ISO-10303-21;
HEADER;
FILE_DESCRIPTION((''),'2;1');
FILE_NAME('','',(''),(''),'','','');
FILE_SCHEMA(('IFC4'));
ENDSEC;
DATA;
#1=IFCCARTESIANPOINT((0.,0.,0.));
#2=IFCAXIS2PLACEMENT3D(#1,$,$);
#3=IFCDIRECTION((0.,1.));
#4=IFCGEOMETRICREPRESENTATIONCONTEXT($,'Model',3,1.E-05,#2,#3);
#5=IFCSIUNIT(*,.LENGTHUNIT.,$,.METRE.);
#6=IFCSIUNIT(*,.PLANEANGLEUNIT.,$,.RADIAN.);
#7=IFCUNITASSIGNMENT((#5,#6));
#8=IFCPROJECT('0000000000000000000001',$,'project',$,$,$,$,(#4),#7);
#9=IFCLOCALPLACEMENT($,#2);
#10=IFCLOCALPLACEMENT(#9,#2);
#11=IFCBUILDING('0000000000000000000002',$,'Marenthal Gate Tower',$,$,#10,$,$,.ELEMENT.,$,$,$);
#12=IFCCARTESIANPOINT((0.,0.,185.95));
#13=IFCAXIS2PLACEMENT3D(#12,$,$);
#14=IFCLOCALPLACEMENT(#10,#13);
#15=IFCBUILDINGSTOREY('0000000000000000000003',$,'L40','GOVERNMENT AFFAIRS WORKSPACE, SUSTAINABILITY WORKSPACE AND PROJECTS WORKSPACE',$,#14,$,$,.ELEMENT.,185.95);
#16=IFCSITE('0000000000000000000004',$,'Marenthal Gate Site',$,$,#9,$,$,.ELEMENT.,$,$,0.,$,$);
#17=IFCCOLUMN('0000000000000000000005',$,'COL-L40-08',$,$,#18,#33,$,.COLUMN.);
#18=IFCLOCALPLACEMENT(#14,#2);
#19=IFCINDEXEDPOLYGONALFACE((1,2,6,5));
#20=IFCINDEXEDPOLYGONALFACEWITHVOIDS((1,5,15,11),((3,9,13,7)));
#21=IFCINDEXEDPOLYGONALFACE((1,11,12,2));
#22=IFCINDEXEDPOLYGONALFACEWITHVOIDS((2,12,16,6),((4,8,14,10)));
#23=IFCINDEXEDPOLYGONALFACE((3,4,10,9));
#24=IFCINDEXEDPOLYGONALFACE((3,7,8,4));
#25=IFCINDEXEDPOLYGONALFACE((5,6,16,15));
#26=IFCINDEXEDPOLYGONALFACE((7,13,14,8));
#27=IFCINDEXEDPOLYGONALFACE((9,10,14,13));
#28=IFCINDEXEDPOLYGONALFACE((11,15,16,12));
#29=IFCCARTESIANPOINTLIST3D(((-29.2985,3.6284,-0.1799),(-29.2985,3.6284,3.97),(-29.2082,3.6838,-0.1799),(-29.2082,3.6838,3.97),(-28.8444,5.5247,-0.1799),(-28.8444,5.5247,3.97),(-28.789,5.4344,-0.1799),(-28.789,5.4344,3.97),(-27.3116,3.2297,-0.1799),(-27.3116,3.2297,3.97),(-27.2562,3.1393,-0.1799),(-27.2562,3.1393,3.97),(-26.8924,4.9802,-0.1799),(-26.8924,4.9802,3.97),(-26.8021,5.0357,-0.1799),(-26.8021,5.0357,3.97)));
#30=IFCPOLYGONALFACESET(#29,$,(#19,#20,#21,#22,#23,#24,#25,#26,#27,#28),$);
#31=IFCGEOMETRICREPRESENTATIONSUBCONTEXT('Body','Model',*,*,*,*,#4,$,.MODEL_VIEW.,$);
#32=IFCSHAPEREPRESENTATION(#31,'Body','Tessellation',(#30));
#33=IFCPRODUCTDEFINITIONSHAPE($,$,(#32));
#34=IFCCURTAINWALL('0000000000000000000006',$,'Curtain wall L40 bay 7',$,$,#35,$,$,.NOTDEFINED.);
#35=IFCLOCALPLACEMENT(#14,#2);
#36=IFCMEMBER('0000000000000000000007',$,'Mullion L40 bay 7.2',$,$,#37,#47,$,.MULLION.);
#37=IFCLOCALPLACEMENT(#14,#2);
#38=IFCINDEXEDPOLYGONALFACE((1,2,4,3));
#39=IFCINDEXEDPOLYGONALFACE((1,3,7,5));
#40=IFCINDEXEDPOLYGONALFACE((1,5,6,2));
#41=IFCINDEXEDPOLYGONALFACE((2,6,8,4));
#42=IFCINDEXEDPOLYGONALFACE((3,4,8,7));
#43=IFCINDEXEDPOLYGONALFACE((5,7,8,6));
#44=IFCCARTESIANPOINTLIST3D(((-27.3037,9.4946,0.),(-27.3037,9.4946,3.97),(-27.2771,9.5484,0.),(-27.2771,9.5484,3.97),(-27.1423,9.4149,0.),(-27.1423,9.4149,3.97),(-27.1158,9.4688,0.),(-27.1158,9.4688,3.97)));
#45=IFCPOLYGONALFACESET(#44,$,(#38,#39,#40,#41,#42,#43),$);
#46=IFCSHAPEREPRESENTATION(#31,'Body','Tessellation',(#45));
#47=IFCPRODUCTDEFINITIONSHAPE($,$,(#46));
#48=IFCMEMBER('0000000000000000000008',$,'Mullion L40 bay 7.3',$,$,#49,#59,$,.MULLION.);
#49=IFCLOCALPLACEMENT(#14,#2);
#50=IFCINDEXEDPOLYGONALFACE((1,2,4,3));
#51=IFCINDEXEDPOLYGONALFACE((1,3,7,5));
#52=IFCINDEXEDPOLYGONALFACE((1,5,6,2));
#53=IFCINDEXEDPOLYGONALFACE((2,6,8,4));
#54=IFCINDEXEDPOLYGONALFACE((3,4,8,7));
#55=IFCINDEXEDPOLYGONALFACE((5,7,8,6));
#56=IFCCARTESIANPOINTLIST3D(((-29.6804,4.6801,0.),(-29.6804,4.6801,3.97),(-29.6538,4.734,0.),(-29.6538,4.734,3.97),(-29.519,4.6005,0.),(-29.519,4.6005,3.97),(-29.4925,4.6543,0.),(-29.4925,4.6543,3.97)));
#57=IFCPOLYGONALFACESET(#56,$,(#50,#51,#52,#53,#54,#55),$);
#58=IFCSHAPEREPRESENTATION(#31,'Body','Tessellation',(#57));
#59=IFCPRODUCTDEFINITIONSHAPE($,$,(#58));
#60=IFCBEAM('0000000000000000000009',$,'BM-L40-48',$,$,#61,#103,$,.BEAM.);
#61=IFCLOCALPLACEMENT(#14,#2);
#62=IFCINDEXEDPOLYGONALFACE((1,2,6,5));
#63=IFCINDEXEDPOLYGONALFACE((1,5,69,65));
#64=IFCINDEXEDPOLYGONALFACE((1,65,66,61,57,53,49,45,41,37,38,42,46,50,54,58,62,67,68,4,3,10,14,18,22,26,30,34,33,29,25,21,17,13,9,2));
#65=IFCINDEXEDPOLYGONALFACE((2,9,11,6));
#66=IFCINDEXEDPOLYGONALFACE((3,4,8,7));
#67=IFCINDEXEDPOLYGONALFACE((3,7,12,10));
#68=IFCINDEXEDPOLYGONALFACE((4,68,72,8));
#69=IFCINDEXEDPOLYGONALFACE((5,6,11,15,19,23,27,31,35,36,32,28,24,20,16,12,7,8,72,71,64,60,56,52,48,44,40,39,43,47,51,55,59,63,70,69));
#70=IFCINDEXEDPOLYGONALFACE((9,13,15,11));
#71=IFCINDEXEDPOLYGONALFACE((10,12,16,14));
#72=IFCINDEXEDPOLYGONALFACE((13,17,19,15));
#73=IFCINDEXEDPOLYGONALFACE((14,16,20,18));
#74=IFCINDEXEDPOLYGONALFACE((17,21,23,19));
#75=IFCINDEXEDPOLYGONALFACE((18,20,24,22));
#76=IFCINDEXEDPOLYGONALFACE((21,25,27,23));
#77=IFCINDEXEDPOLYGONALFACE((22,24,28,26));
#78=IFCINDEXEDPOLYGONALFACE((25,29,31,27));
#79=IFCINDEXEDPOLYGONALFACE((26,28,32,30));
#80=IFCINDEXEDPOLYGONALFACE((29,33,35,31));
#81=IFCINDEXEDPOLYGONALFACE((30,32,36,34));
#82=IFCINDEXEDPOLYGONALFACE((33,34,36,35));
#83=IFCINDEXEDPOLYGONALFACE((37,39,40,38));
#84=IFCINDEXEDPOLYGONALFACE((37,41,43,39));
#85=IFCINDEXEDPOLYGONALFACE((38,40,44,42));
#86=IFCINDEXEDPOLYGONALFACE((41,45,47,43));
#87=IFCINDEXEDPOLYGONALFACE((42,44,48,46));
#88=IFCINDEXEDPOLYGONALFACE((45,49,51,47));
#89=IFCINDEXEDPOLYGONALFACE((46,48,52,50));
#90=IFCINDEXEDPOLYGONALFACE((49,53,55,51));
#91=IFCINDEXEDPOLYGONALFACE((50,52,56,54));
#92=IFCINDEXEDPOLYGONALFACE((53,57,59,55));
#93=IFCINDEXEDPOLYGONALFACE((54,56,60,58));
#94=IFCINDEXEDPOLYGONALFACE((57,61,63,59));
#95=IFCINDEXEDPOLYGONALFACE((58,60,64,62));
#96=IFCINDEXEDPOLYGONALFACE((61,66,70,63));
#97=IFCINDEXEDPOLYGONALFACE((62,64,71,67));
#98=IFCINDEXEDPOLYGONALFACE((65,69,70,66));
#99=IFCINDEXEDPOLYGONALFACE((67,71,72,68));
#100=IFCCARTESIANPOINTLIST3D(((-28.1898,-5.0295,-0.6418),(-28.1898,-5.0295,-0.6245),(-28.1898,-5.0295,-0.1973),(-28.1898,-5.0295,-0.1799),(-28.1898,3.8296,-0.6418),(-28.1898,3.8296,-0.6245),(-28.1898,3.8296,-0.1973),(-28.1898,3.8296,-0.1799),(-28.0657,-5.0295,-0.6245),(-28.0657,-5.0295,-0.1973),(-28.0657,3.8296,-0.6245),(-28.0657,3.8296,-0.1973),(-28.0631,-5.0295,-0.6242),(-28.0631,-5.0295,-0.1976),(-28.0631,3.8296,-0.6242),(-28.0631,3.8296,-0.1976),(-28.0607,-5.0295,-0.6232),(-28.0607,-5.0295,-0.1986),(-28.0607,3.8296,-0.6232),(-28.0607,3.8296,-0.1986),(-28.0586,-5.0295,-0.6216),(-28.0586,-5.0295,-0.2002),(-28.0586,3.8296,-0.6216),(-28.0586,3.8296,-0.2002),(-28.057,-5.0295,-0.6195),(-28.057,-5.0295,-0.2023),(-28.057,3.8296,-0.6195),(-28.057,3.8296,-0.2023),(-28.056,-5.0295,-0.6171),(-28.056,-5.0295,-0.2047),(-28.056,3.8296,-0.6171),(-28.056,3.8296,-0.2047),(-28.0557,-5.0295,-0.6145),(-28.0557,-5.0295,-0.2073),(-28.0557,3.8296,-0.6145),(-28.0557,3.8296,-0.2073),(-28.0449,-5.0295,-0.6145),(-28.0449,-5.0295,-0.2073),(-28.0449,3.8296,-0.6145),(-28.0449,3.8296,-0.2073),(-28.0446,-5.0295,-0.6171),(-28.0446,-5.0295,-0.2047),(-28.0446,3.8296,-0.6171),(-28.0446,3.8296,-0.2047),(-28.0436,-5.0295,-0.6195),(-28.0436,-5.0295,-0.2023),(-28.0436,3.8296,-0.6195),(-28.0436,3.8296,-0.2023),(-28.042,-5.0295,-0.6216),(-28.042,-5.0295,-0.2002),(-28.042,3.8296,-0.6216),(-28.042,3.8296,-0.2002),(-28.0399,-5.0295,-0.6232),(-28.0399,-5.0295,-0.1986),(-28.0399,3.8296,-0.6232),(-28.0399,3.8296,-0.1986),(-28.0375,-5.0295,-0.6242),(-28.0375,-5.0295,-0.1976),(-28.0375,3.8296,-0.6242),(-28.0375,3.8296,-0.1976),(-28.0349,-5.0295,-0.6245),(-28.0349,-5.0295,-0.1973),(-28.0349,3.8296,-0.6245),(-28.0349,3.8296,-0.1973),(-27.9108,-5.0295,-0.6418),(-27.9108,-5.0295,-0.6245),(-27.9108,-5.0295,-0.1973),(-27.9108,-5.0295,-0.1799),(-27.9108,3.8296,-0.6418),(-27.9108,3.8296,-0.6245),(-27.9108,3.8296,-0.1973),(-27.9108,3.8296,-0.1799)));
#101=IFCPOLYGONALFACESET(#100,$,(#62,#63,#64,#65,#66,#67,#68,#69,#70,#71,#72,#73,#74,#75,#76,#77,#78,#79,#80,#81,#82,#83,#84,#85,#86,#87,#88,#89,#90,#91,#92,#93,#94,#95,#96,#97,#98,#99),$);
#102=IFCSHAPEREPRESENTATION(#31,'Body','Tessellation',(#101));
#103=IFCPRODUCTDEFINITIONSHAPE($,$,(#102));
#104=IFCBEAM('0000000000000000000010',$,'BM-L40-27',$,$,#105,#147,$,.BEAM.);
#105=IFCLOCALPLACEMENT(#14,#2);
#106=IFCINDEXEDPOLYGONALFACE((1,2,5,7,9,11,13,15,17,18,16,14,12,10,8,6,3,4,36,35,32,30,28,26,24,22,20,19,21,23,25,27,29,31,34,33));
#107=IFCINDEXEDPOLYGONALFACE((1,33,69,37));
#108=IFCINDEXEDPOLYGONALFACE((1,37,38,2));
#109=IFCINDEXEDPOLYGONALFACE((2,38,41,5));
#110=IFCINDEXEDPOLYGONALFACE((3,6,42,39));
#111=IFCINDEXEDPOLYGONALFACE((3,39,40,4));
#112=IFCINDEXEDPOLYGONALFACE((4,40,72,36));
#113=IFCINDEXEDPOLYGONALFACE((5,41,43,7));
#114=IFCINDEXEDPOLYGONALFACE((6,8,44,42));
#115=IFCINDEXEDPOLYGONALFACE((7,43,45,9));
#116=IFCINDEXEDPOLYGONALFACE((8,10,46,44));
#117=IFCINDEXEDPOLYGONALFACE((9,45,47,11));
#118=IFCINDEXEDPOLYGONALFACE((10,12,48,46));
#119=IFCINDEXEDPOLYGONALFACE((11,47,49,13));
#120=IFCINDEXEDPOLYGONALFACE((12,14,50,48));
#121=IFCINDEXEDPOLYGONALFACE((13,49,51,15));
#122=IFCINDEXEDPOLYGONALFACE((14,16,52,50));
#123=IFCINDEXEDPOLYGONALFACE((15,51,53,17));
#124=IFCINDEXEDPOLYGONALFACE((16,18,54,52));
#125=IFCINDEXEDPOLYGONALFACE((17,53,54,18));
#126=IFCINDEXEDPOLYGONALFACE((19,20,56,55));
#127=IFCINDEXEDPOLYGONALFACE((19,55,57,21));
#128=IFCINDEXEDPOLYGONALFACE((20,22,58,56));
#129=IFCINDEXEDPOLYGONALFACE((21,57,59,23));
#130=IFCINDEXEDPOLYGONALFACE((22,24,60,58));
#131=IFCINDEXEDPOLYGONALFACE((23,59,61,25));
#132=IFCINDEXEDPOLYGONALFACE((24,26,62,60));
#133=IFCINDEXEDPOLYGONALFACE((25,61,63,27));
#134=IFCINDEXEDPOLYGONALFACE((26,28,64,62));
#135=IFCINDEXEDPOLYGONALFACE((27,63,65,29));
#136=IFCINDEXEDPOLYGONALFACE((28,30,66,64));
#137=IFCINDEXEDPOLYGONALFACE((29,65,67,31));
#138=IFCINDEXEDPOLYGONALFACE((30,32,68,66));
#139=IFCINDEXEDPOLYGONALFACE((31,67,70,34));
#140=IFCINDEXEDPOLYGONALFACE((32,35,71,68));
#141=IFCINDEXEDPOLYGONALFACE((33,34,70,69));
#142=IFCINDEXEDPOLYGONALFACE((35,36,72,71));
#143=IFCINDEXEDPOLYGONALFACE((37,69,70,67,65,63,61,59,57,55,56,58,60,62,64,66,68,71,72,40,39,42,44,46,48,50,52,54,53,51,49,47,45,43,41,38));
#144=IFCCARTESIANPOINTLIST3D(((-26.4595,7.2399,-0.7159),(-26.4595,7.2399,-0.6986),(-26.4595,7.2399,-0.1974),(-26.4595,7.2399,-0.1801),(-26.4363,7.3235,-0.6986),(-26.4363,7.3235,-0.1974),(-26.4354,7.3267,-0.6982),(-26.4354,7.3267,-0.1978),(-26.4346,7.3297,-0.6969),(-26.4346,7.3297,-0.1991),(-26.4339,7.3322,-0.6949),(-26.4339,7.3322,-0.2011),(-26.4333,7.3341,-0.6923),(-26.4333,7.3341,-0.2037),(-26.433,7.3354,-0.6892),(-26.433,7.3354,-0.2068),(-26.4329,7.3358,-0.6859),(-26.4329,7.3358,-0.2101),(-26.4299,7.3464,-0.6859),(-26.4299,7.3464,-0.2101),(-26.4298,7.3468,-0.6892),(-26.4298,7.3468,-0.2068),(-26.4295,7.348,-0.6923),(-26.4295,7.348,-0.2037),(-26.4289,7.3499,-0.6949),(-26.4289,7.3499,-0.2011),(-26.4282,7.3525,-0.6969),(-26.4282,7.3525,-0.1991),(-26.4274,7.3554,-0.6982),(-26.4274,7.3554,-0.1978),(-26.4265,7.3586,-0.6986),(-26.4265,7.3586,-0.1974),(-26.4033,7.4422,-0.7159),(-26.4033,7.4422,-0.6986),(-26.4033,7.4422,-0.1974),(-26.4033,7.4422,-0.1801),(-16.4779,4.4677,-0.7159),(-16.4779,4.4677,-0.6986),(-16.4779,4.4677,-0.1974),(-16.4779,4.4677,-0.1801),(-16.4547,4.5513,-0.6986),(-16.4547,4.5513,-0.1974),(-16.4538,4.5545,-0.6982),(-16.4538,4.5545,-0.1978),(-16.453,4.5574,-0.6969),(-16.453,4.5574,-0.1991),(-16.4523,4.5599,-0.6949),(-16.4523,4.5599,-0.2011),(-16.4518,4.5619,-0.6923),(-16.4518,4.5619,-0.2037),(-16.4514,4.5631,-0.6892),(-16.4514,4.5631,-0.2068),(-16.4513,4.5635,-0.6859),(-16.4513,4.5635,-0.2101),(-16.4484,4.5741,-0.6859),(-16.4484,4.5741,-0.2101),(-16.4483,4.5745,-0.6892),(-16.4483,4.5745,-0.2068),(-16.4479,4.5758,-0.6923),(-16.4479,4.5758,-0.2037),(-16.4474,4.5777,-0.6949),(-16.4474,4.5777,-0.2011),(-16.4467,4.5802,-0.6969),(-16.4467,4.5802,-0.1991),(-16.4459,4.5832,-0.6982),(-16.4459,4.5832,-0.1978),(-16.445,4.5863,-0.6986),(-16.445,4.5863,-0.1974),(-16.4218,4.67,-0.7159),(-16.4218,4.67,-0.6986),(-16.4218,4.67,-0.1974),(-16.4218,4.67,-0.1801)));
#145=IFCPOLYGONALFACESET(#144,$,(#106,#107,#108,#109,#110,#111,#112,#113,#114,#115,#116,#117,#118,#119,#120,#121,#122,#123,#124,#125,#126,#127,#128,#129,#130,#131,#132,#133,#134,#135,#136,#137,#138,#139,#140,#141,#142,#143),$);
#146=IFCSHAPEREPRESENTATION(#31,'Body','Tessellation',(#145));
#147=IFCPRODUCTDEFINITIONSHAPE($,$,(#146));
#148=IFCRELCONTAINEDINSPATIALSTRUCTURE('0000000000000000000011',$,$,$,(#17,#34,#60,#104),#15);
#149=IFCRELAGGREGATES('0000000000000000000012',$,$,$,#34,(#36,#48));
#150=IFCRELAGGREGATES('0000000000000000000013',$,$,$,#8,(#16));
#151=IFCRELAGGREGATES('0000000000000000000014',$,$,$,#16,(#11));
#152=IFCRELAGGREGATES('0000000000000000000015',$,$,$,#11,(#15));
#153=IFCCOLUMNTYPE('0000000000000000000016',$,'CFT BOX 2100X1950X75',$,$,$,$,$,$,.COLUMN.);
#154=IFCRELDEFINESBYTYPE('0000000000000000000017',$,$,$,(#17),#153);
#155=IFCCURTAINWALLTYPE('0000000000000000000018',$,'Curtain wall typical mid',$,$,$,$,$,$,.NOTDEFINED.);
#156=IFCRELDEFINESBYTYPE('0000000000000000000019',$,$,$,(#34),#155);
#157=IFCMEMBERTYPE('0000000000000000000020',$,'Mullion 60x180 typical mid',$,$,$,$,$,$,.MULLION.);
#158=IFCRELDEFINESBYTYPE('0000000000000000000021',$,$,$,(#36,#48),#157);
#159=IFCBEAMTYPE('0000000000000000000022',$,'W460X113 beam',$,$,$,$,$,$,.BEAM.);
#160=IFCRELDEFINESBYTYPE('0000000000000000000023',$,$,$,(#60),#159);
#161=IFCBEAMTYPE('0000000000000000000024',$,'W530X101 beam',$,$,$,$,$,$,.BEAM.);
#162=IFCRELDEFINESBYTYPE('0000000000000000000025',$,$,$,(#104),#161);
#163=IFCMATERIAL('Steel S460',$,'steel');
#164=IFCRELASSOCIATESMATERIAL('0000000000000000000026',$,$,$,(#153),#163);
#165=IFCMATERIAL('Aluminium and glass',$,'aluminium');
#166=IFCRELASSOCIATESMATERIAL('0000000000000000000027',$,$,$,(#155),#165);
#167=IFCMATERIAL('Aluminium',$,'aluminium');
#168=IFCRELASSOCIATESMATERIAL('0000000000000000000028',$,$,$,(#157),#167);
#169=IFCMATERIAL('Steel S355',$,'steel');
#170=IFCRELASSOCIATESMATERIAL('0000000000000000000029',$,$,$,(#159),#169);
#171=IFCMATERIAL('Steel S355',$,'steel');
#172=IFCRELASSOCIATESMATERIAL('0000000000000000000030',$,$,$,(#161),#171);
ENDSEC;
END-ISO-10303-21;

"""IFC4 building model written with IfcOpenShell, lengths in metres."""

from ifc_helpers import new_model, si_unit, direction, frame, origin, origin_2d, place, context, subcontext, project, spatial, rectangle, hollow_rectangle, i_section, extrude, material, material_profile, profile_set, type_object, element, aggregate, save


model = new_model("IFC4")

# Units and contexts
model_context = context("Model", 3, precision=1e-05, world=origin(), true_north=direction((0.0, 1.0)))
body_context = subcontext(model_context, "Body", "Model", "MODEL_VIEW")
ifc_project = project(units=[si_unit("LENGTHUNIT", "METRE"), si_unit("PLANEANGLEUNIT", "RADIAN")], contexts=[model_context])

# Site, building, storey
site_placement = place(None, origin())
site = spatial("IfcSite", under=ifc_project, at=site_placement, Name="Marenthal Gate Site", CompositionType="ELEMENT", RefElevation=0.0)
building_placement = place(site_placement, origin())
building = spatial("IfcBuilding", under=site, at=building_placement, Name="Marenthal Gate Tower", CompositionType="ELEMENT")
storey_placement = place(building_placement, frame((0.0, 0.0, 185.95)))
storey = spatial("IfcBuildingStorey", under=building, at=storey_placement, Name="L40", Description="GOVERNMENT AFFAIRS WORKSPACE, SUSTAINABILITY WORKSPACE AND PROJECTS WORKSPACE", CompositionType="ELEMENT", Elevation=185.95)

# Column
ifc_material_1 = material(Name="Steel S460", Category="steel")
ifc_material_profile_1 = material_profile(ifc_material_1, hollow_rectangle(XDim=1.95, YDim=2.1001, WallThickness=0.075, at=origin_2d()), Name="CFT BOX 2100X1950X75")
ifc_material_2 = material(Name="Concrete 70 MPa", Category="concrete")
ifc_material_profile_2 = material_profile(ifc_material_2, rectangle(XDim=1.8, YDim=1.95, at=origin_2d()), Name="CFT BOX 2100X1950X75 INFILL")
ifc_profile_set_1 = profile_set([ifc_material_profile_1, ifc_material_profile_2], Name="Steel S460 shell, Concrete 70 MPa infill")
column_type = type_object("IfcColumnType", Name="CFT BOX 2100X1950X75", PredefinedType="COLUMN", material=ifc_profile_set_1)
column_placement = place(storey_placement, frame((-28.0503, 4.332, -0.1799), z_axis=(0.0, 0.0, 1.0), x_axis=(0.23288, 0.972505, 0.0)))
element("IfcColumn", 1, at=column_placement, inside=storey, type_object=column_type, Name="COL-L40-08", PredefinedType="COLUMN", context=body_context, shape_type="SweptSolid", body=[
    extrude(hollow_rectangle(XDim=1.95, YDim=2.1001, WallThickness=0.075, at=origin_2d()), origin(), (0.0, 0.0, 1.0), 4.1499),
])

# Curtain wall, members
ifc_material_3 = material(Name="Aluminium and glass", Category="aluminium")
curtain_wall_type = type_object("IfcCurtainWallType", Name="Curtain wall typical mid", PredefinedType="NOTDEFINED", material=ifc_material_3)
curtain_wall_placement = place(storey_placement, origin())
curtain_wall = element("IfcCurtainWall", 2, at=curtain_wall_placement, inside=storey, type_object=curtain_wall_type, Name="Curtain wall L40 bay 7", PredefinedType="NOTDEFINED")
ifc_material_4 = material(Name="Aluminium", Category="aluminium")
ifc_material_profile_3 = material_profile(ifc_material_4, rectangle(XDim=0.1799, YDim=0.0601, at=origin_2d()), Name="60x180 aluminium mullion")
ifc_profile_set_2 = profile_set([ifc_material_profile_3], Name="Aluminium")
member_type = type_object("IfcMemberType", Name="Mullion 60x180 typical mid", PredefinedType="MULLION", material=ifc_profile_set_2)
member_1_placement = place(storey_placement, frame((-27.2097, 9.4817, 0.0), z_axis=(0.0, 0.0, 1.0), x_axis=(0.896681, -0.442678, 0.0)))
member_1 = element("IfcMember", 3, at=member_1_placement, type_object=member_type, Name="Mullion L40 bay 7.2", PredefinedType="MULLION", context=body_context, shape_type="SweptSolid", body=[
    extrude(rectangle(XDim=0.1799, YDim=0.0601, at=origin_2d()), origin(), (0.0, 0.0, 1.0), 3.97),
])
member_2_placement = place(storey_placement, frame((-29.5864, 4.6672, 0.0), z_axis=(0.0, 0.0, 1.0), x_axis=(0.896681, -0.442678, 0.0)))
member_2 = element("IfcMember", 4, at=member_2_placement, type_object=member_type, Name="Mullion L40 bay 7.3", PredefinedType="MULLION", context=body_context, shape_type="SweptSolid", body=[
    extrude(rectangle(XDim=0.1799, YDim=0.0601, at=origin_2d()), origin(), (0.0, 0.0, 1.0), 3.97),
])

# Beams
ifc_material_5 = material(Name="Steel S355", Category="steel")
ifc_material_profile_4 = material_profile(ifc_material_5, i_section(OverallWidth=0.2791, OverallDepth=0.4619, WebThickness=0.0107, FlangeThickness=0.0173, FilletRadius=0.01, at=origin_2d()), Name="W460X113")
ifc_profile_set_3 = profile_set([ifc_material_profile_4], Name="Steel S355")
beam_type_1 = type_object("IfcBeamType", Name="W460X113 beam", PredefinedType="BEAM", material=ifc_profile_set_3)
beam_1_placement = place(storey_placement, frame((-28.0503, 3.8296, -0.4109), z_axis=(0.0, -1.0, 0.0), x_axis=(1.0, 0.0, 0.0)))
element("IfcBeam", 5, at=beam_1_placement, inside=storey, type_object=beam_type_1, Name="BM-L40-48", PredefinedType="BEAM", context=body_context, shape_type="SweptSolid", body=[
    extrude(i_section(OverallWidth=0.2791, OverallDepth=0.4619, WebThickness=0.0107, FlangeThickness=0.0173, FilletRadius=0.01, at=origin_2d()), origin(), (0.0, 0.0, 1.0), 8.8591),
])
ifc_material_6 = material(Name="Steel S355", Category="steel")
ifc_material_profile_5 = material_profile(ifc_material_6, i_section(OverallWidth=0.21, OverallDepth=0.5359, WebThickness=0.011, FlangeThickness=0.0173, FilletRadius=0.0127, at=origin_2d()), Name="W530X101")
ifc_profile_set_4 = profile_set([ifc_material_profile_5], Name="Steel S355")
beam_type_2 = type_object("IfcBeamType", Name="W530X101 beam", PredefinedType="BEAM", material=ifc_profile_set_4)
beam_2_placement = place(storey_placement, frame((-26.4314, 7.3411, -0.448), z_axis=(0.963528, -0.267607, 0.0), x_axis=(0.267607, 0.963528, 0.0)))
element("IfcBeam", 6, at=beam_2_placement, inside=storey, type_object=beam_type_2, Name="BM-L40-27", PredefinedType="BEAM", context=body_context, shape_type="SweptSolid", body=[
    extrude(i_section(OverallWidth=0.21, OverallDepth=0.5359, WebThickness=0.011, FlangeThickness=0.0173, FilletRadius=0.0127, at=origin_2d()), origin(), (0.0, 0.0, 1.0), 10.3594),
])

aggregate(curtain_wall, [member_1, member_2])

save(model, "model.ifc")
